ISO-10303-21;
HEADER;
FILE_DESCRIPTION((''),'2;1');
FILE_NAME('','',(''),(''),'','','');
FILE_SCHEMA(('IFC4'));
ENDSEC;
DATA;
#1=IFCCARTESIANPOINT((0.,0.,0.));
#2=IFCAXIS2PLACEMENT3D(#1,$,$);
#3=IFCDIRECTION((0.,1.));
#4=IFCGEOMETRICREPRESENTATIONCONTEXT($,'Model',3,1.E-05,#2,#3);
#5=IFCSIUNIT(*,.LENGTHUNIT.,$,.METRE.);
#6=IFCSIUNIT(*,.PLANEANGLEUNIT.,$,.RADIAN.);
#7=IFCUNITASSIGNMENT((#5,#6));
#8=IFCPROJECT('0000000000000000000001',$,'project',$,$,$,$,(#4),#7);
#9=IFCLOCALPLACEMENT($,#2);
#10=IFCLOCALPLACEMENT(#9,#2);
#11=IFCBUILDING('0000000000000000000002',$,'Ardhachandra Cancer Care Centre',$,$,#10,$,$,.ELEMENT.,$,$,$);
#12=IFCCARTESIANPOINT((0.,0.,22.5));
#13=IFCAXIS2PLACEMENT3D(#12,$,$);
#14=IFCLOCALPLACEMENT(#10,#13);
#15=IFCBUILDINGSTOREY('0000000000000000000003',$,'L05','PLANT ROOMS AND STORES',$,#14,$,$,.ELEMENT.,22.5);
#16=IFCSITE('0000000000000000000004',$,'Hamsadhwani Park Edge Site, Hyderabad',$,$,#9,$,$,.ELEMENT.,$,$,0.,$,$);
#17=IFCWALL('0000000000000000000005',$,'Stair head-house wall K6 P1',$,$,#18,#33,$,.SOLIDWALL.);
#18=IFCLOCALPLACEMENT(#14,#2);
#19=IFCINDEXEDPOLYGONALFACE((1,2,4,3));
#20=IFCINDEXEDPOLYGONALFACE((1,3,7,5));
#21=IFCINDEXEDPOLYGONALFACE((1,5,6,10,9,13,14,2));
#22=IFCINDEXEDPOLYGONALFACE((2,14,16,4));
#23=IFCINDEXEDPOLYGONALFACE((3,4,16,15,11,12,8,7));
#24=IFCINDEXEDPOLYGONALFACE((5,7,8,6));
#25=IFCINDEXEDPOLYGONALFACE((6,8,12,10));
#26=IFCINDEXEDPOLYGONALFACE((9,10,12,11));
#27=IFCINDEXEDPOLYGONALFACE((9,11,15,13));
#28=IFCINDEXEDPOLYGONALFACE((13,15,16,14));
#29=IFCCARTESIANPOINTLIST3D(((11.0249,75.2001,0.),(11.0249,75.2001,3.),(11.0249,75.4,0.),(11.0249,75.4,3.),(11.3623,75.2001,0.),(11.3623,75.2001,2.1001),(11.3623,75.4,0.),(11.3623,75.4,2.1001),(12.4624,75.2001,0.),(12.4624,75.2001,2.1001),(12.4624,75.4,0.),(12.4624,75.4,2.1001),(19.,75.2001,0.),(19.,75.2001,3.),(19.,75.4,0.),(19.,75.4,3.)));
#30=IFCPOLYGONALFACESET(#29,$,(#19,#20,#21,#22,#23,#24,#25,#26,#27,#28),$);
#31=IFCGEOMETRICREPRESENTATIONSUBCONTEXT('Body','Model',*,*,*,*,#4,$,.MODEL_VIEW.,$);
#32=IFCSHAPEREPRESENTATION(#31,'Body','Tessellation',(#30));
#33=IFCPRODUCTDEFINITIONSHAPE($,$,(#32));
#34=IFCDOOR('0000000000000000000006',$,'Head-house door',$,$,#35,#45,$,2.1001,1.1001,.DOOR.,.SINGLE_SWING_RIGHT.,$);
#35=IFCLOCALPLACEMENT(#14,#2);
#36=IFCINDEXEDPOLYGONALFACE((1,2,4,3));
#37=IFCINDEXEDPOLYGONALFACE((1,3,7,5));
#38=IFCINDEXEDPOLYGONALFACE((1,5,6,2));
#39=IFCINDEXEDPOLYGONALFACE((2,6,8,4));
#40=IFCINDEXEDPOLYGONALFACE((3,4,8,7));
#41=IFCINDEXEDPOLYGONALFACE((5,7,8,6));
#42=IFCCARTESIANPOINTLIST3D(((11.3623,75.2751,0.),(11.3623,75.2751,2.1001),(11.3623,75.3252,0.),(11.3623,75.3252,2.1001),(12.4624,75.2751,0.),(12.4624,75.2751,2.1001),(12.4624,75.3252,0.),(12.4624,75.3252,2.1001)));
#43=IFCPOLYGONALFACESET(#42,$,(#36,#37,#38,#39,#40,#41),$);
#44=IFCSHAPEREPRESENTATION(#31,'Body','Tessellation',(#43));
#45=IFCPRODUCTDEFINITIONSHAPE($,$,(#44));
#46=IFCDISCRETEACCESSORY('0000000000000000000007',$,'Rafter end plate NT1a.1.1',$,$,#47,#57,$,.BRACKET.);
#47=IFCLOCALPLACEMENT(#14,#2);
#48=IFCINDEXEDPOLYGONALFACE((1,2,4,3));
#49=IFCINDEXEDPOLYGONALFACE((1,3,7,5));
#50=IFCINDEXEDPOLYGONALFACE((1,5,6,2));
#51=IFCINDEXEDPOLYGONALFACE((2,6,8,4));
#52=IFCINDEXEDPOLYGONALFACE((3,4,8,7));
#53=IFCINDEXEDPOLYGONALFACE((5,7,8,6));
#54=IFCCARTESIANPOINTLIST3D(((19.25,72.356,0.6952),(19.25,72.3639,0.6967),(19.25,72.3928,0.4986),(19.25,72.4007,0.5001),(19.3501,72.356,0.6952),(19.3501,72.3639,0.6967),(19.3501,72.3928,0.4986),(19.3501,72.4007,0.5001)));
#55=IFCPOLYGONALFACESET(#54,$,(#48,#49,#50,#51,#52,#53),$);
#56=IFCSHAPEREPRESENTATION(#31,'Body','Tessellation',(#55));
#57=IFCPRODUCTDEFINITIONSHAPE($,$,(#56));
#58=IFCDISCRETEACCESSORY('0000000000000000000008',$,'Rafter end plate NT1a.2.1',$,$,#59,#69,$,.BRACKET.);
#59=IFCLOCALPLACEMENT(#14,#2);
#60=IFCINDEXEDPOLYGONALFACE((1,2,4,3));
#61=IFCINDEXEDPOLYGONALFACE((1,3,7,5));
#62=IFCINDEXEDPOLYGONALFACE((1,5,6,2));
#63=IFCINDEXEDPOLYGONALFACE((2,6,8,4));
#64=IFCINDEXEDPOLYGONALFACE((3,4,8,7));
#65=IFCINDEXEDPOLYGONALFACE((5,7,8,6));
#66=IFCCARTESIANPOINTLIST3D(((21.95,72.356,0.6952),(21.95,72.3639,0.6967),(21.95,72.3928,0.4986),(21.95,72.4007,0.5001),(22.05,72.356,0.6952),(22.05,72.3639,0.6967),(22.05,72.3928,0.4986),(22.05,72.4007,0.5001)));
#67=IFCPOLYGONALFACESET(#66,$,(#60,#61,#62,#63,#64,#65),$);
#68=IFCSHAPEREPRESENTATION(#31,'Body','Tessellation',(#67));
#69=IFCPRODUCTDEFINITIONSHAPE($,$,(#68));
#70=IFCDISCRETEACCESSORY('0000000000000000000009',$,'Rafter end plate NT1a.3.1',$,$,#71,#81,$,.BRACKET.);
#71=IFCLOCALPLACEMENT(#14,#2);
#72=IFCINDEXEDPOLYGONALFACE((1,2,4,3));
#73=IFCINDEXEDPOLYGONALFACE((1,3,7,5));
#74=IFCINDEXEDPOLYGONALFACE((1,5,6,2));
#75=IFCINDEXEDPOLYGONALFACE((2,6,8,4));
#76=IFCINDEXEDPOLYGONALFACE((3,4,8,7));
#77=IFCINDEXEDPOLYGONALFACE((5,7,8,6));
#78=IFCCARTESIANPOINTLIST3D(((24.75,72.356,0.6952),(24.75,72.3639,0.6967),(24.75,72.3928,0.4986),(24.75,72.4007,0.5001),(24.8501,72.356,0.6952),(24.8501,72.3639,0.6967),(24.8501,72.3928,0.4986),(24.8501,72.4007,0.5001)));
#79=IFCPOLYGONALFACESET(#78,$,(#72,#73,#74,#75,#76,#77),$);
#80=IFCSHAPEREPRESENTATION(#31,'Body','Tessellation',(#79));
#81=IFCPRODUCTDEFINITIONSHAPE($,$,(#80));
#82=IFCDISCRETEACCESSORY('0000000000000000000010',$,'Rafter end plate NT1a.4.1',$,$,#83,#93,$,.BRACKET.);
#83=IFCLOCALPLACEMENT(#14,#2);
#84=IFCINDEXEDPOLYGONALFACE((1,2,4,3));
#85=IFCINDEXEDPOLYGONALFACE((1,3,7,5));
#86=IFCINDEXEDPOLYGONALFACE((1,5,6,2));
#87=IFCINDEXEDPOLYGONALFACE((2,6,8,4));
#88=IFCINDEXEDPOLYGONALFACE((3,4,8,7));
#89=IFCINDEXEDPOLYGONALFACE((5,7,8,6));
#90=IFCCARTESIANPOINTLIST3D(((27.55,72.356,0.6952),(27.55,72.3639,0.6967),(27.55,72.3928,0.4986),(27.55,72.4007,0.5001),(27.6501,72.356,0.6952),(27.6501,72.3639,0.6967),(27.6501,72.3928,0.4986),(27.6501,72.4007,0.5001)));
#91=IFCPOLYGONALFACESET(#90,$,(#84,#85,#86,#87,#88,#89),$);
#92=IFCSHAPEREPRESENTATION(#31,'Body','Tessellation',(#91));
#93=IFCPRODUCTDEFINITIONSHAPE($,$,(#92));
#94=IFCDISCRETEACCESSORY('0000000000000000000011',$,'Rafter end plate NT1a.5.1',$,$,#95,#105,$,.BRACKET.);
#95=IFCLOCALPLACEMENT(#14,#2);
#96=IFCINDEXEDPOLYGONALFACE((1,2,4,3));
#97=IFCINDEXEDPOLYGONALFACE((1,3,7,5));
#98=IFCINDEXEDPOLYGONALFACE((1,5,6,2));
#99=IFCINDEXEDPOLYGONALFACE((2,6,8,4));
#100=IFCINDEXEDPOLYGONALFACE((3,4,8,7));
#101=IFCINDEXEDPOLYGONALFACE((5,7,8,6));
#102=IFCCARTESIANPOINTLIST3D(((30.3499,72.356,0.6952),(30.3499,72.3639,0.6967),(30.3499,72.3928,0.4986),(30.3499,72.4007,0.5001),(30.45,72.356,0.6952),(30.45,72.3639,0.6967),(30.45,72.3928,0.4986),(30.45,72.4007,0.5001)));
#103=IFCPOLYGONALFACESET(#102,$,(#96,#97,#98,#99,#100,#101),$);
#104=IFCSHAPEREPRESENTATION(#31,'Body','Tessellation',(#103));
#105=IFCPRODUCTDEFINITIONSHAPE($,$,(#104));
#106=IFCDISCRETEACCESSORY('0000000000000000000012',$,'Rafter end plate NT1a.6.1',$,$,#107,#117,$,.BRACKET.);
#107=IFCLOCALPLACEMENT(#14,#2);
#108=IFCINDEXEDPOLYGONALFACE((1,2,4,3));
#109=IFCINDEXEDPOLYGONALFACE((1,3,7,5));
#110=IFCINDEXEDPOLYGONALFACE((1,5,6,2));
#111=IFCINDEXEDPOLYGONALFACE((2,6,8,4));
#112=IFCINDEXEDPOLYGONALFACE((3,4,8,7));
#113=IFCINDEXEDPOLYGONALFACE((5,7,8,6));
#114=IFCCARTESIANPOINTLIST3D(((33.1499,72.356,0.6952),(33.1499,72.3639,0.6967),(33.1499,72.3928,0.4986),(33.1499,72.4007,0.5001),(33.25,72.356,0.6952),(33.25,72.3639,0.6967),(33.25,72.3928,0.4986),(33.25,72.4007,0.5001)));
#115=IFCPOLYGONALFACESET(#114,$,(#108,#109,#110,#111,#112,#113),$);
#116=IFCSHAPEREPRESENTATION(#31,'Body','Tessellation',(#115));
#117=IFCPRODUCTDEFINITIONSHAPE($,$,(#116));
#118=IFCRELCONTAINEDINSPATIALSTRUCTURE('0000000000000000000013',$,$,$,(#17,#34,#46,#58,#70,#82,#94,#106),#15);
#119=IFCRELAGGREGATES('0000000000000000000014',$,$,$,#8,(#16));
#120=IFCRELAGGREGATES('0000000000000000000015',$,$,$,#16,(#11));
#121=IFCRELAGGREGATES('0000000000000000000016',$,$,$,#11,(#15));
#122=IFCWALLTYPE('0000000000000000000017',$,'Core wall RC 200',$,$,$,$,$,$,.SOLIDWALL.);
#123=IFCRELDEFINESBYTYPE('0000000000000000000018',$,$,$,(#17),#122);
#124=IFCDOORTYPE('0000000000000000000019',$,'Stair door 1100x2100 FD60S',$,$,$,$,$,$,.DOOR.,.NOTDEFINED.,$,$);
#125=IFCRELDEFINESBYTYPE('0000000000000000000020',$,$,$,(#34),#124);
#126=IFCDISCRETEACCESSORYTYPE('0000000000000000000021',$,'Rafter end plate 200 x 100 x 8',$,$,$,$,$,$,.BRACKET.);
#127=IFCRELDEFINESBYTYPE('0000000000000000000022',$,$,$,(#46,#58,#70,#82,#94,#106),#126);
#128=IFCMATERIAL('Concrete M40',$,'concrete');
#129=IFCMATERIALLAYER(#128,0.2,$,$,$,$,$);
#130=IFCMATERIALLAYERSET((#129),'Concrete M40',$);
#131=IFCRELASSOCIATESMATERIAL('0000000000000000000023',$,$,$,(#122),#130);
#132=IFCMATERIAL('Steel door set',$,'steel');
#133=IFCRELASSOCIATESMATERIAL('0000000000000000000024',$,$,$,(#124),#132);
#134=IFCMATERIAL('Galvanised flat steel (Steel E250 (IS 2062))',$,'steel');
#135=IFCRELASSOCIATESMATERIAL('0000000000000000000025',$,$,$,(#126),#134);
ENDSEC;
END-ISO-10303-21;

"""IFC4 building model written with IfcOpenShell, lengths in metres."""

from ifc_helpers import new_model, si_unit, direction, frame, frame_2d, origin, origin_2d, place, context, subcontext, project, spatial, rectangle, extrude, material, layer, layer_set, material_profile, profile_set, type_object, element, fill, save


model = new_model("IFC4")

# Units and contexts
model_context = context("Model", 3, precision=1e-05, world=origin(), true_north=direction((0.0, 1.0)))
body_context = subcontext(model_context, "Body", "Model", "MODEL_VIEW")
ifc_project = project(units=[si_unit("LENGTHUNIT", "METRE"), si_unit("PLANEANGLEUNIT", "RADIAN")], contexts=[model_context])

# Site, building, storey
site_placement = place(None, origin())
site = spatial("IfcSite", under=ifc_project, at=site_placement, Name="Hamsadhwani Park Edge Site, Hyderabad", CompositionType="ELEMENT", RefElevation=0.0)
building_placement = place(site_placement, origin())
building = spatial("IfcBuilding", under=site, at=building_placement, Name="Ardhachandra Cancer Care Centre", CompositionType="ELEMENT")
storey_placement = place(building_placement, frame((0.0, 0.0, 22.5)))
storey = spatial("IfcBuildingStorey", under=building, at=storey_placement, Name="L05", Description="PLANT ROOMS AND STORES", CompositionType="ELEMENT", Elevation=22.5)

# Wall, opening, door
ifc_material_1 = material(Name="Concrete M40", Category="concrete")
ifc_layer_1 = layer(ifc_material_1, 0.2)
ifc_layer_set_1 = layer_set([ifc_layer_1], Name="Concrete M40")
wall_type_1 = type_object("IfcWallType", Name="Core wall RC 200", PredefinedType="SOLIDWALL", material=ifc_layer_set_1)
wall_1_placement = place(storey_placement, frame((19.0, 75.3, 0.0), z_axis=(0.0, 0.0, 1.0), x_axis=(-1.0, 0.0, 0.0)))
wall_1 = element("IfcWall", 1, at=wall_1_placement, inside=storey, type_object=wall_type_1, Name="Stair head-house wall K6 P1", PredefinedType="SOLIDWALL", context=body_context, shape_type="SweptSolid", body=[
    extrude(rectangle(XDim=7.9751, YDim=0.2, at=frame_2d((3.9875, 0.0))), origin(), (0.0, 0.0, 1.0), 3.0),
])
opening_placement = place(wall_1_placement, frame((6.5376, 0.0, 0.0)))
opening = element("IfcOpeningElement", 2, at=opening_placement, cuts=wall_1, PredefinedType="OPENING", context=body_context, shape_type="SweptSolid", body=[
    extrude(rectangle(XDim=1.1001, YDim=2.1001, at=frame_2d((0.55, 1.05))), frame((0.0, 0.1099, 0.0), z_axis=(0.0, -1.0, 0.0), x_axis=(1.0, 0.0, 0.0)), (0.0, 0.0, 1.0), 0.22),
])
ifc_material_2 = material(Name="Steel door set", Category="steel")
door_type = type_object("IfcDoorType", Name="Stair door 1100x2100 FD60S", OperationType="NOTDEFINED", PredefinedType="DOOR", material=ifc_material_2)
door_placement = place(opening_placement, origin())
door = element("IfcDoor", 3, at=door_placement, inside=storey, type_object=door_type, Name="Head-house door", OperationType="SINGLE_SWING_RIGHT", OverallHeight=2.1001, OverallWidth=1.1001, PredefinedType="DOOR", context=body_context, shape_type="SweptSolid", body=[
    extrude(rectangle(XDim=1.1001, YDim=2.1001, at=frame_2d((0.55, 1.05))), frame((0.0, 0.0249, 0.0), z_axis=(0.0, -1.0, 0.0), x_axis=(1.0, 0.0, 0.0)), (0.0, 0.0, 1.0), 0.05),
])
fill(opening, door)

# Discrete accessories
ifc_material_3 = material(Name="Galvanised flat steel (Steel E250 (IS 2062))", Category="steel")
ifc_material_profile_1 = material_profile(ifc_material_3, rectangle(XDim=0.1001, YDim=0.2, at=origin_2d()), Name="Rafter end plate 200 x 100 x 8")
ifc_profile_set_1 = profile_set([ifc_material_profile_1], Name="Galvanised flat steel (Steel E250 (IS 2062))")
discrete_accessory_type = type_object("IfcDiscreteAccessoryType", Name="Rafter end plate 200 x 100 x 8", PredefinedType="BRACKET", material=ifc_profile_set_1)
for number, where, z_axis, x_axis, name in (
    (4, (19.3, 72.3823, 0.5984), (0.0, -0.982872, -0.184289), (1.0, 0.0, 0.0), "Rafter end plate NT1a.1.1"),
    (5, (22.0, 72.3823, 0.5984), (0.0, -0.982872, -0.184289), (1.0, 0.0, 0.0), "Rafter end plate NT1a.2.1"),
    (6, (24.8, 72.3823, 0.5984), (0.0, -0.982872, -0.184289), (1.0, 0.0, 0.0), "Rafter end plate NT1a.3.1"),
    (7, (27.6001, 72.3823, 0.5984), (0.0, -0.982872, -0.184289), (1.0, 0.0, 0.0), "Rafter end plate NT1a.4.1"),
    (8, (30.3999, 72.3823, 0.5984), (0.0, -0.982872, -0.184289), (1.0, 0.0, 0.0), "Rafter end plate NT1a.5.1"),
    (9, (33.2, 72.3823, 0.5984), (0.0, -0.982872, -0.184289), (1.0, 0.0, 0.0), "Rafter end plate NT1a.6.1"),
):
    element("IfcDiscreteAccessory", number, at=place(storey_placement, frame(where, z_axis=z_axis, x_axis=x_axis)), inside=storey, type_object=discrete_accessory_type, Name=name, PredefinedType="BRACKET", context=body_context, shape_type="SweptSolid", body=[
        extrude(rectangle(XDim=0.1001, YDim=0.2, at=origin_2d()), origin(), (0.0, 0.0, 1.0), 0.0081),
    ])

save(model, "model.ifc")
